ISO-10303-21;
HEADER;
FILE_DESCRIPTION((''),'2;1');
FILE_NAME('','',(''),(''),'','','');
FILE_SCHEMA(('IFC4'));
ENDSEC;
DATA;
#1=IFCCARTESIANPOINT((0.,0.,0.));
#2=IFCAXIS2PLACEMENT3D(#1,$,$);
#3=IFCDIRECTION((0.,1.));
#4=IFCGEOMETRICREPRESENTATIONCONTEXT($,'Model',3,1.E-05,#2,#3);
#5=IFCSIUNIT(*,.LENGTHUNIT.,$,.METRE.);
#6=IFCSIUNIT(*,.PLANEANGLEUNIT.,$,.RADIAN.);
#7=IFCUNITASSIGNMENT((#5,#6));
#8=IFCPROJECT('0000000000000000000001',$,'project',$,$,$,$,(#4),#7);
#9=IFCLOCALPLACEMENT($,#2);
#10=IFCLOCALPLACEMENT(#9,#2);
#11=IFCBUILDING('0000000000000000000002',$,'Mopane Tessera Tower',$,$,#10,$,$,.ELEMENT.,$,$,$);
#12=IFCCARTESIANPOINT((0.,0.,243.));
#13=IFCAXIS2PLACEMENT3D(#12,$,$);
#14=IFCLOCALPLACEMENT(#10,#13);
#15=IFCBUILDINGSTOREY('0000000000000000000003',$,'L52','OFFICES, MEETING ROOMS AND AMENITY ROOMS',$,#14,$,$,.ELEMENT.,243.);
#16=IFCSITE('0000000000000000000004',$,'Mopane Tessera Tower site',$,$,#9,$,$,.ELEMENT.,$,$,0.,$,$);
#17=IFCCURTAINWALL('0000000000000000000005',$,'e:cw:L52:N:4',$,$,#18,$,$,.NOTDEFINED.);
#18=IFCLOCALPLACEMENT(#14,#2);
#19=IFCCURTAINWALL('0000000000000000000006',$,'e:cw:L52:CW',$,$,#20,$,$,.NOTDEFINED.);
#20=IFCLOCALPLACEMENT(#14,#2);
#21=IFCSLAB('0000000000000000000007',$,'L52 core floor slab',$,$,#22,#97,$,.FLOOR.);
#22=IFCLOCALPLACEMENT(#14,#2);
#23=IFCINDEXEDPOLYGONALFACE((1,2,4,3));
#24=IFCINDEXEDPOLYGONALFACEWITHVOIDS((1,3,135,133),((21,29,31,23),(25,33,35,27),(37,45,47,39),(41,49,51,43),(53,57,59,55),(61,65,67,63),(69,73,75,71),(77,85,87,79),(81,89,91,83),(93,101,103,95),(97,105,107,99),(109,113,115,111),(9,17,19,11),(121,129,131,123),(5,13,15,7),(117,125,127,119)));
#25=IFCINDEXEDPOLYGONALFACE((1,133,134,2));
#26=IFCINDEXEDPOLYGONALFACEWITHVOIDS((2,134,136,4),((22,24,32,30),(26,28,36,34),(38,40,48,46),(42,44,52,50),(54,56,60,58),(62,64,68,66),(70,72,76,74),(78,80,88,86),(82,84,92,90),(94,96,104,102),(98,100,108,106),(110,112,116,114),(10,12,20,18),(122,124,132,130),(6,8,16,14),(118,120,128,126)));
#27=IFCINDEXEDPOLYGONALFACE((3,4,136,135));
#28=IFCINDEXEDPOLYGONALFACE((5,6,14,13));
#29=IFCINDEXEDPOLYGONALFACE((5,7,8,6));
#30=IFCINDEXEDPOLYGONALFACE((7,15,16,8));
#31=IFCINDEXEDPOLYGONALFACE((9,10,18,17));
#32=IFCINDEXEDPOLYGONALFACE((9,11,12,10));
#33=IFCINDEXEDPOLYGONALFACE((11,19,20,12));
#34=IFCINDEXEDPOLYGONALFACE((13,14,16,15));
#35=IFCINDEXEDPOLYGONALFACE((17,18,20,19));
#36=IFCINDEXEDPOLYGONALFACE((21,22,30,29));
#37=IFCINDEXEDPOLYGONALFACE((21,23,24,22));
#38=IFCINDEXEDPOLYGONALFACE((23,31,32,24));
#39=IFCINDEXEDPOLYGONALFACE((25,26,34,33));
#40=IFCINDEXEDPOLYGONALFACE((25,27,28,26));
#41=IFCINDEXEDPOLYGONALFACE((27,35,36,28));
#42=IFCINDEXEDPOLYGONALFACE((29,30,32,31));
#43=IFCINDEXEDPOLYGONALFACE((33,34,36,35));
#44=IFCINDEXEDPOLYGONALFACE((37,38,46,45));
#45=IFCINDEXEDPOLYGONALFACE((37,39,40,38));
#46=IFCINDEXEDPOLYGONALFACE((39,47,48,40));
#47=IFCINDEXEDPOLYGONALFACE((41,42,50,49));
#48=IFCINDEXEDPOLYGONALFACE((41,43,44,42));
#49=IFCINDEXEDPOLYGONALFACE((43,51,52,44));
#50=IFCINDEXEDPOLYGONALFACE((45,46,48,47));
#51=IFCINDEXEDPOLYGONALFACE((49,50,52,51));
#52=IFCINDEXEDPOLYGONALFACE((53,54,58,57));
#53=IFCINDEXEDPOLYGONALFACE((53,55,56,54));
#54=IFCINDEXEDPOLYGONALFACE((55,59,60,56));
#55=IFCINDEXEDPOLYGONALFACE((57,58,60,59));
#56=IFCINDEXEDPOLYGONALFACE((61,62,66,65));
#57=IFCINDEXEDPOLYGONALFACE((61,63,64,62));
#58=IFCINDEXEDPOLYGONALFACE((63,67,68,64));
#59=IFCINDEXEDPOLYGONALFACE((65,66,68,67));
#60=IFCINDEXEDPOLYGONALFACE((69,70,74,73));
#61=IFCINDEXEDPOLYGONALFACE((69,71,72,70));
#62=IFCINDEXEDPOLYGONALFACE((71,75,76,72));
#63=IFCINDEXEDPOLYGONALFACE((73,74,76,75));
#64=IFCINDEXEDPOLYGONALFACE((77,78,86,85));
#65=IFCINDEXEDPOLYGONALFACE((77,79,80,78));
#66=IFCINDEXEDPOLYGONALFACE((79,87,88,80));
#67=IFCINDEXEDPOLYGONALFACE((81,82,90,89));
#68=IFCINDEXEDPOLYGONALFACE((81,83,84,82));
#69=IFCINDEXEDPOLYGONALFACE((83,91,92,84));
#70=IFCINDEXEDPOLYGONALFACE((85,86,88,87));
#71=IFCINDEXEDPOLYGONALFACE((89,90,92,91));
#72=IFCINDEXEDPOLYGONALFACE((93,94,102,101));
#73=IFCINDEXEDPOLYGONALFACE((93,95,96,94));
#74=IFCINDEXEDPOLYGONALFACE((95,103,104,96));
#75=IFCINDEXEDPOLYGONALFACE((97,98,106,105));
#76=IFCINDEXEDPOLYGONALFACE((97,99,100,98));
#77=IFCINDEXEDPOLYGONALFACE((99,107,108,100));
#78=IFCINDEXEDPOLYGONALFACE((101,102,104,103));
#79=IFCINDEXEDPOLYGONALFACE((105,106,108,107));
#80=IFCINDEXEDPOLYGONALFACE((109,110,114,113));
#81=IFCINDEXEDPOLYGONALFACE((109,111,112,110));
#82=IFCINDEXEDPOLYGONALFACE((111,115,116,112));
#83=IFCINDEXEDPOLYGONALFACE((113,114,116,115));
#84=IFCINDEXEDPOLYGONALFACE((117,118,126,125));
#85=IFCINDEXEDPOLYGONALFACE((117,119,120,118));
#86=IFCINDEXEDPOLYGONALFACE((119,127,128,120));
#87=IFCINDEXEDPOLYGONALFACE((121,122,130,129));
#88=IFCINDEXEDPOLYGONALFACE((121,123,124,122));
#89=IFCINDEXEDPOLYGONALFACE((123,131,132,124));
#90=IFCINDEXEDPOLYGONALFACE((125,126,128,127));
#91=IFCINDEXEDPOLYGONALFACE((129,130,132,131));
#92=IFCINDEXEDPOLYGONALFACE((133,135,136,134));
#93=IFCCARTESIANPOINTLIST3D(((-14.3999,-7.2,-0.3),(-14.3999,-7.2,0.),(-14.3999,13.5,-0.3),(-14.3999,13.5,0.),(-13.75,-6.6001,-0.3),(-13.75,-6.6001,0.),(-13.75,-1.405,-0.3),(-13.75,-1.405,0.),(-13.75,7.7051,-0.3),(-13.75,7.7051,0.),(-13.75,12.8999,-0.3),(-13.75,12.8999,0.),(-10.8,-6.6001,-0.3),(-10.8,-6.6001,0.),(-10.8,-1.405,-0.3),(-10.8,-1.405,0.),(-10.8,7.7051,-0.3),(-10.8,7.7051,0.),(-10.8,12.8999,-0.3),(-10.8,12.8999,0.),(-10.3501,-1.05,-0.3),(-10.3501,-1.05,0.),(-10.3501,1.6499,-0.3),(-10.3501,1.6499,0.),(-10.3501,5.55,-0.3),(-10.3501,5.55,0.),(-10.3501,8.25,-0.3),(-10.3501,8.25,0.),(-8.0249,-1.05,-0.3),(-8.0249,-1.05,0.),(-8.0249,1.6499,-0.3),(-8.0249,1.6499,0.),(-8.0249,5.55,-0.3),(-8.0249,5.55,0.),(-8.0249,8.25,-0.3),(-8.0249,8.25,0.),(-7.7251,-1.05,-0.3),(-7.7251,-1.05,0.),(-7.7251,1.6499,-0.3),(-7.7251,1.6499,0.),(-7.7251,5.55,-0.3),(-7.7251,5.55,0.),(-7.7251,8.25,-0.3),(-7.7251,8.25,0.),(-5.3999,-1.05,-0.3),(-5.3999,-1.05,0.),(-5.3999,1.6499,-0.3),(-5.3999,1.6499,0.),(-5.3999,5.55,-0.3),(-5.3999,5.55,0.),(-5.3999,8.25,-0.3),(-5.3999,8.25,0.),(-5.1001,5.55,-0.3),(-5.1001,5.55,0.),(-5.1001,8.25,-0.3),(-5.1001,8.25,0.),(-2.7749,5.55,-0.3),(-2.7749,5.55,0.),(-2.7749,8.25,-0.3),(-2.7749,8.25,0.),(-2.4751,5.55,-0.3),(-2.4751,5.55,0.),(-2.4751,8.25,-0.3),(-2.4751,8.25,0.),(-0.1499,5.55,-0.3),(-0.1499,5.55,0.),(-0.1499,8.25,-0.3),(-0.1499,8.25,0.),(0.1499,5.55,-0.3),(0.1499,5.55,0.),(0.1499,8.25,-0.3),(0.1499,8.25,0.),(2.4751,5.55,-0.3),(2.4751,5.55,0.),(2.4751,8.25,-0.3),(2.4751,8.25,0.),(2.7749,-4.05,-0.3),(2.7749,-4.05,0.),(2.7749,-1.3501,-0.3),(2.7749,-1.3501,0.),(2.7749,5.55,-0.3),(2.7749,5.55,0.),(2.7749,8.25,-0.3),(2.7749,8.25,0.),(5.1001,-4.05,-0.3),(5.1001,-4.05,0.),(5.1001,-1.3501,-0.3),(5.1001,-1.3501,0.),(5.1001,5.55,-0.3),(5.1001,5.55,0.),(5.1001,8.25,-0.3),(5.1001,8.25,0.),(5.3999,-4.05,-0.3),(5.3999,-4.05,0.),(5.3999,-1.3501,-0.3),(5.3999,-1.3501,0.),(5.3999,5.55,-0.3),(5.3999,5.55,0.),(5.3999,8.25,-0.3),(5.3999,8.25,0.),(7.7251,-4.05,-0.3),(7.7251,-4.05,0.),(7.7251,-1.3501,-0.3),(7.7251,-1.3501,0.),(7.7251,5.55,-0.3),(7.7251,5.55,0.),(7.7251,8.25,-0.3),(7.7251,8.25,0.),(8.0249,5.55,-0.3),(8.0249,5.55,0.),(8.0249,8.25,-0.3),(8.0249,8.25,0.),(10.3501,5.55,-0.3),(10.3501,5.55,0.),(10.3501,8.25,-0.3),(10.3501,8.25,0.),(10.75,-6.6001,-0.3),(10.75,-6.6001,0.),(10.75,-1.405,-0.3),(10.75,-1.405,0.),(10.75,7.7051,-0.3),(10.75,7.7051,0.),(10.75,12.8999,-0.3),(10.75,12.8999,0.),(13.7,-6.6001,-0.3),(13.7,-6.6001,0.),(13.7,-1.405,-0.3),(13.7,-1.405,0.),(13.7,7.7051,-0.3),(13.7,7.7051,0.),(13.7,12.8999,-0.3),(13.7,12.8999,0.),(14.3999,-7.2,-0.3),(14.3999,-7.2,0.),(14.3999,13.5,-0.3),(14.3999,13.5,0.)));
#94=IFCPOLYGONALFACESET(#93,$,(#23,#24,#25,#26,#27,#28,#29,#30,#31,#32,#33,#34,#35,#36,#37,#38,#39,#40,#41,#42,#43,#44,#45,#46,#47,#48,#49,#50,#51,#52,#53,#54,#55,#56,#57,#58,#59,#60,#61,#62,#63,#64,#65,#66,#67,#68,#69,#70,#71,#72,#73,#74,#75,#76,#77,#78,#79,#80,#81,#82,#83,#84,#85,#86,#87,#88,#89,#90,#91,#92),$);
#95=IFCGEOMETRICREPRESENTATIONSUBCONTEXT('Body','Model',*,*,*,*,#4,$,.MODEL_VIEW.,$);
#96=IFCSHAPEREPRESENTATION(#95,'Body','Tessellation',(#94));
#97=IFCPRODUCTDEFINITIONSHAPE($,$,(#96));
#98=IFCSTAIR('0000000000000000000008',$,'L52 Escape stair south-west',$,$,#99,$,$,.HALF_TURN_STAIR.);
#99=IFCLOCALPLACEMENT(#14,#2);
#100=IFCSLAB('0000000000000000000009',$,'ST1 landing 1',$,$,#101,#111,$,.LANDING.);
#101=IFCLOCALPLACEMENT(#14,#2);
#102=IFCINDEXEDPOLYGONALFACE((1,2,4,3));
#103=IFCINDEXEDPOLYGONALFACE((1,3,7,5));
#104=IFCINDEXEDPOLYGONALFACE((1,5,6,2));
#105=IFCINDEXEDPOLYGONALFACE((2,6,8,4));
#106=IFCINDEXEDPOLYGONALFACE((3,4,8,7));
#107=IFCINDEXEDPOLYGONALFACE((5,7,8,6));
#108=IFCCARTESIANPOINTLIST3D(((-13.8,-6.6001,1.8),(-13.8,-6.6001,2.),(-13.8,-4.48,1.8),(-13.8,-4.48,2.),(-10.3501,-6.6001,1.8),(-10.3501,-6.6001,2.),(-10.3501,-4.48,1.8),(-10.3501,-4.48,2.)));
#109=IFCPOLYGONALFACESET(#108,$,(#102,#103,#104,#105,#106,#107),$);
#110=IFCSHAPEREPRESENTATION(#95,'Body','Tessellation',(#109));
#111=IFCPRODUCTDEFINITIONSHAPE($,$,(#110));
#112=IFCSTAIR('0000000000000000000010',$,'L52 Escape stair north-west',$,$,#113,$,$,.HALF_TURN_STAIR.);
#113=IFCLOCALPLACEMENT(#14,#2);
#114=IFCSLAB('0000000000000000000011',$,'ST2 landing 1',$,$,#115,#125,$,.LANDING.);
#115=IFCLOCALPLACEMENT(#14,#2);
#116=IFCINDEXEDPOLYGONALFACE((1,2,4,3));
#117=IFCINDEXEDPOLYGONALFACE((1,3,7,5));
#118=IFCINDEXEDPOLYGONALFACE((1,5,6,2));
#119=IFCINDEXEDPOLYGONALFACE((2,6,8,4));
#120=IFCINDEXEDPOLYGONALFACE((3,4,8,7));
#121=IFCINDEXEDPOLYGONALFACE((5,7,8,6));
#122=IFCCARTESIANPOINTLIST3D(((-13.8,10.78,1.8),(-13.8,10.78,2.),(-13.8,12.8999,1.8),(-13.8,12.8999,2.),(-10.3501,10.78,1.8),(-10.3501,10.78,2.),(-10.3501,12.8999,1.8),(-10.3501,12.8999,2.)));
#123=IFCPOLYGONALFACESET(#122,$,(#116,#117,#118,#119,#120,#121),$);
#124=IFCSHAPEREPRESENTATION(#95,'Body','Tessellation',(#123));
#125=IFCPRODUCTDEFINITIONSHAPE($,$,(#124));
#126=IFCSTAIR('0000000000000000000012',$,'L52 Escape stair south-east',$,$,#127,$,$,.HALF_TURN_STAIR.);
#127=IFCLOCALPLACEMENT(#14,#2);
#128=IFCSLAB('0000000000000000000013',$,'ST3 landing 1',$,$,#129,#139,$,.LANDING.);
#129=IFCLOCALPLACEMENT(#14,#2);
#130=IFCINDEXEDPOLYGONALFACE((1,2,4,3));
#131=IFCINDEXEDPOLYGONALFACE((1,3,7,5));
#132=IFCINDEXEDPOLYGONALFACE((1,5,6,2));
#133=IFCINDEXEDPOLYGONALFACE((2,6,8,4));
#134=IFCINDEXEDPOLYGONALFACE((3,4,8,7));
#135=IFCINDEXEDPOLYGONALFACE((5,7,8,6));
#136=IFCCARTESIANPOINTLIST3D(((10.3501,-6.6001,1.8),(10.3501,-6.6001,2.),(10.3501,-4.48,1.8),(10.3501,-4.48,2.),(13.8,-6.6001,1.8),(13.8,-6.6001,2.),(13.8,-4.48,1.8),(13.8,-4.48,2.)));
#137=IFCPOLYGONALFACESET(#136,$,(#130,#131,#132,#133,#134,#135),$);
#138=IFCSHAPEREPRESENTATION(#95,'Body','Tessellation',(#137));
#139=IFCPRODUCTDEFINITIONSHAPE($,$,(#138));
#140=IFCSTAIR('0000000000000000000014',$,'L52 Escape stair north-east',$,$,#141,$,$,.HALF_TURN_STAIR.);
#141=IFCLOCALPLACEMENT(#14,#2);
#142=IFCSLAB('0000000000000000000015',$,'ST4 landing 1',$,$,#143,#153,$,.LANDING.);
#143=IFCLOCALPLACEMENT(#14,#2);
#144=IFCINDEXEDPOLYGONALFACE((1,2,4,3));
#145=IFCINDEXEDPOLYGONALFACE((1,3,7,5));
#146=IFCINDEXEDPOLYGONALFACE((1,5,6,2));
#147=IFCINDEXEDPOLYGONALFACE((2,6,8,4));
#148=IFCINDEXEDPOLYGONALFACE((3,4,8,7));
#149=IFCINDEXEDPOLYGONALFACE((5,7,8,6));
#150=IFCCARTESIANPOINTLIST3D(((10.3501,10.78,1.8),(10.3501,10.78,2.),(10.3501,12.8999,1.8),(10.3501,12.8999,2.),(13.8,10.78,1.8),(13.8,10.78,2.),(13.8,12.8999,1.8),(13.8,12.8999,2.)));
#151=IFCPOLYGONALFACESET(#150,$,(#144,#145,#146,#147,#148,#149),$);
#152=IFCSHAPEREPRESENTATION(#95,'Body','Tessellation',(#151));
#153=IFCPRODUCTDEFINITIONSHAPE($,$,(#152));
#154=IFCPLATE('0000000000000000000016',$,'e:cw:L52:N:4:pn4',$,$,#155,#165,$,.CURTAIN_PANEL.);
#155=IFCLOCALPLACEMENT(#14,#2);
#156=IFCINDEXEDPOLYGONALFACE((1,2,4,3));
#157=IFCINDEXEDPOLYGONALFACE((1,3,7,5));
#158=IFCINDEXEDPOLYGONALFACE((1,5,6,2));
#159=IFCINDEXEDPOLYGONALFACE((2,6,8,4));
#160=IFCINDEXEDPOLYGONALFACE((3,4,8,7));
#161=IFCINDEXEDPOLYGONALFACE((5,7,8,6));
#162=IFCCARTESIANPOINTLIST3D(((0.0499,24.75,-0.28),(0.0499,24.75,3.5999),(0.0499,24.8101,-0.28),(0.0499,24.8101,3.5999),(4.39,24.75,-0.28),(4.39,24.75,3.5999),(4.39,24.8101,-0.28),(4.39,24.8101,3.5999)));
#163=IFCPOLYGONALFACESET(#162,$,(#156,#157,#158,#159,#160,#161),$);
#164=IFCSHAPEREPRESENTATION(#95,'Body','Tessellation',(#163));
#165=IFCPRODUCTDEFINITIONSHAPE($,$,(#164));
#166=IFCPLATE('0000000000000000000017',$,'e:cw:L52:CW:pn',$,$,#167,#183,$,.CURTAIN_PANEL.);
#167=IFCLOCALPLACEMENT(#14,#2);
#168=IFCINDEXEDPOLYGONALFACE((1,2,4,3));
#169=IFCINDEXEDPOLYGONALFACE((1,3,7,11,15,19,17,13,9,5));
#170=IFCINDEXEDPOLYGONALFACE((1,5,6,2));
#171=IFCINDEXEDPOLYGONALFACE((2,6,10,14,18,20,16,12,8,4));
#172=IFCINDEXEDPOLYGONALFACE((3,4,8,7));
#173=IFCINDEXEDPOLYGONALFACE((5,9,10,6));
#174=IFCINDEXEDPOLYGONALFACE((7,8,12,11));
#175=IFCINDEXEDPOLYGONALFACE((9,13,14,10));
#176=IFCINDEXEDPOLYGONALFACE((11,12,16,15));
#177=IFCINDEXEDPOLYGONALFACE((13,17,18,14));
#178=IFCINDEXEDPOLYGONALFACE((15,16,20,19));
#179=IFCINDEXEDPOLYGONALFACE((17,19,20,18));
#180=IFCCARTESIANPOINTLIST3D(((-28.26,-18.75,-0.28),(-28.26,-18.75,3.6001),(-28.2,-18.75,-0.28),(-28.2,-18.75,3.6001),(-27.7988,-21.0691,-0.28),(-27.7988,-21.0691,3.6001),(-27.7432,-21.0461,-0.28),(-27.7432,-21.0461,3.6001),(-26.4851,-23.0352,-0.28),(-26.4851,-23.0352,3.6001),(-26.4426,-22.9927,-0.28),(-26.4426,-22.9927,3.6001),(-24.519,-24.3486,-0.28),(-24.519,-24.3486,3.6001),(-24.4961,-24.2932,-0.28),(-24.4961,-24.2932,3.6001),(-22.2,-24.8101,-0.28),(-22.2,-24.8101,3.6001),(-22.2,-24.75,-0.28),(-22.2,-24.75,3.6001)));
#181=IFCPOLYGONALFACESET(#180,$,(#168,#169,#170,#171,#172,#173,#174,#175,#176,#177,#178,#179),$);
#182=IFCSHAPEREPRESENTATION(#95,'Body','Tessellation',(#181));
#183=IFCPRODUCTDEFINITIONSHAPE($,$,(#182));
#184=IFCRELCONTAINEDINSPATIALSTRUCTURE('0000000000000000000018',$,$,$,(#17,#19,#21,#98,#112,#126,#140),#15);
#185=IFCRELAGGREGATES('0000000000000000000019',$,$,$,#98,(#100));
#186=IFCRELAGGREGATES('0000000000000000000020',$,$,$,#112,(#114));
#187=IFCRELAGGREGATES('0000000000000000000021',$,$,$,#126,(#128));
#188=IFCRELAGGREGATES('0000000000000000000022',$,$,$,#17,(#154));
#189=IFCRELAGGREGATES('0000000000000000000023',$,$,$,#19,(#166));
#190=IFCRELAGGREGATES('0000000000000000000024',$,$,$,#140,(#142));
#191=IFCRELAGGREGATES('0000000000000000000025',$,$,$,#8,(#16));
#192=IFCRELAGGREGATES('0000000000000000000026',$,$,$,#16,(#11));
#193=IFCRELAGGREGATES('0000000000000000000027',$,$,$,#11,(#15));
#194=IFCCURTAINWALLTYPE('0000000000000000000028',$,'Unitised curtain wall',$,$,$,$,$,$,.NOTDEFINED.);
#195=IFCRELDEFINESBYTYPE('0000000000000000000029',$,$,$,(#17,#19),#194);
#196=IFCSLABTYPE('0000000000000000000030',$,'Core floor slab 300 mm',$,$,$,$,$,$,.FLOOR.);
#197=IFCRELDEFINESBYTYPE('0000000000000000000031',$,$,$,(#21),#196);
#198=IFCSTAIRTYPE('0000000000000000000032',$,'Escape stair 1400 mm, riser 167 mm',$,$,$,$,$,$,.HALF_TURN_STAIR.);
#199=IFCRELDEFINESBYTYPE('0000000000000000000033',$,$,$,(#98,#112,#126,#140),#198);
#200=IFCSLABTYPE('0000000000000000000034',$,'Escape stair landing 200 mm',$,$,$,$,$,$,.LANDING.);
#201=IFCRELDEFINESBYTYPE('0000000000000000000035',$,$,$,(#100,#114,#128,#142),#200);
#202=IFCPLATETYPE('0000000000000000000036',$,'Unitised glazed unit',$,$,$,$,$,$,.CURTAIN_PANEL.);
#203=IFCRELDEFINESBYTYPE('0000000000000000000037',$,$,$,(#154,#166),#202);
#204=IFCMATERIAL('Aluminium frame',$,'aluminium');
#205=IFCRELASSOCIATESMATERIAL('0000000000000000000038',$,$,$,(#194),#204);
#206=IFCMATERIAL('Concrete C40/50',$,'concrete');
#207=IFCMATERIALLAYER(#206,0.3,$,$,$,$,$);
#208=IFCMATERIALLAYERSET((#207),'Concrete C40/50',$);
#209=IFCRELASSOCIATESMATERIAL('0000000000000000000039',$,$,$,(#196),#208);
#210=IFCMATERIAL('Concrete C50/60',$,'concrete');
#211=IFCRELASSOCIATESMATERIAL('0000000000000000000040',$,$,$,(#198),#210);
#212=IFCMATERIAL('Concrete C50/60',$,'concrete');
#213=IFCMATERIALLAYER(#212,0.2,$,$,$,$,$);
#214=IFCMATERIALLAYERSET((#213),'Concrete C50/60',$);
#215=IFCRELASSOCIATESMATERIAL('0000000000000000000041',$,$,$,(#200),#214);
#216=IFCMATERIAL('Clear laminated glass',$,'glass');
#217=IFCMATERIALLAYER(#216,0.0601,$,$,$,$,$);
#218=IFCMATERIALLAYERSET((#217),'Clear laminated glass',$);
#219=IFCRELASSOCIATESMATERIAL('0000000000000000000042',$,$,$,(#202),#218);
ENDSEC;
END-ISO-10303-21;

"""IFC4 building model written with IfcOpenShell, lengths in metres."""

from ifc_helpers import new_model, si_unit, direction, frame, origin, origin_2d, place, context, subcontext, project, spatial, polyline, rectangle, outline, extrude, material, layer, layer_set, type_object, element, aggregate, save


model = new_model("IFC4")

# Units and contexts
model_context = context("Model", 3, precision=1e-05, world=origin(), true_north=direction((0.0, 1.0)))
body_context = subcontext(model_context, "Body", "Model", "MODEL_VIEW")
ifc_project = project(units=[si_unit("LENGTHUNIT", "METRE"), si_unit("PLANEANGLEUNIT", "RADIAN")], contexts=[model_context])

# Site, building, storey
site_placement = place(None, origin())
site = spatial("IfcSite", under=ifc_project, at=site_placement, Name="Mopane Tessera Tower site", CompositionType="ELEMENT", RefElevation=0.0)
building_placement = place(site_placement, origin())
building = spatial("IfcBuilding", under=site, at=building_placement, Name="Mopane Tessera Tower", CompositionType="ELEMENT")
storey_placement = place(building_placement, frame((0.0, 0.0, 243.0)))
storey = spatial("IfcBuildingStorey", under=building, at=storey_placement, Name="L52", Description="OFFICES, MEETING ROOMS AND AMENITY ROOMS", CompositionType="ELEMENT", Elevation=243.0)

# Curtain wall
ifc_material_1 = material(Name="Aluminium frame", Category="aluminium")
curtain_wall_type = type_object("IfcCurtainWallType", Name="Unitised curtain wall", PredefinedType="NOTDEFINED", material=ifc_material_1)
curtain_wall_1_placement = place(storey_placement, origin())
curtain_wall_1 = element("IfcCurtainWall", 1, at=curtain_wall_1_placement, inside=storey, type_object=curtain_wall_type, Name="e:cw:L52:N:4", PredefinedType="NOTDEFINED")

# Curtain wall
curtain_wall_2_placement = place(storey_placement, origin())
curtain_wall_2 = element("IfcCurtainWall", 2, at=curtain_wall_2_placement, inside=storey, type_object=curtain_wall_type, Name="e:cw:L52:CW", PredefinedType="NOTDEFINED")

# Slab
ifc_material_2 = material(Name="Concrete C40/50", Category="concrete")
ifc_layer_1 = layer(ifc_material_2, 0.3)
ifc_layer_set_1 = layer_set([ifc_layer_1], Name="Concrete C40/50")
slab_type_1 = type_object("IfcSlabType", Name="Core floor slab 300 mm", PredefinedType="FLOOR", material=ifc_layer_set_1)
slab_1_placement = place(storey_placement, frame((0.0, 0.0, -0.3)))
element("IfcSlab", 3, at=slab_1_placement, inside=storey, type_object=slab_type_1, Name="L52 core floor slab", PredefinedType="FLOOR", context=body_context, shape_type="SweptSolid", body=[
    extrude(outline(polyline([(-14.3999, -7.2), (14.3999, -7.2), (14.3999, 13.5), (-14.3999, 13.5), (-14.3999, -7.2)]), holes=[polyline([(-10.3501, -1.05), (-8.0249, -1.05), (-8.0249, 1.6499), (-10.3501, 1.6499), (-10.3501, -1.05)]), polyline([(-7.7251, -1.05), (-5.3999, -1.05), (-5.3999, 1.6499), (-7.7251, 1.6499), (-7.7251, -1.05)]), polyline([(-10.3501, 5.55), (-8.0249, 5.55), (-8.0249, 8.25), (-10.3501, 8.25), (-10.3501, 5.55)]), polyline([(-7.7251, 5.55), (-5.3999, 5.55), (-5.3999, 8.25), (-7.7251, 8.25), (-7.7251, 5.55)]), polyline([(-5.1001, 5.55), (-2.7749, 5.55), (-2.7749, 8.25), (-5.1001, 8.25), (-5.1001, 5.55)]), polyline([(-2.4751, 5.55), (-0.1499, 5.55), (-0.1499, 8.25), (-2.4751, 8.25), (-2.4751, 5.55)]), polyline([(0.1499, 5.55), (2.4751, 5.55), (2.4751, 8.25), (0.1499, 8.25), (0.1499, 5.55)]), polyline([(2.7749, 5.55), (5.1001, 5.55), (5.1001, 8.25), (2.7749, 8.25), (2.7749, 5.55)]), polyline([(5.3999, 5.55), (7.7251, 5.55), (7.7251, 8.25), (5.3999, 8.25), (5.3999, 5.55)]), polyline([(8.0249, 5.55), (10.3501, 5.55), (10.3501, 8.25), (8.0249, 8.25), (8.0249, 5.55)]), polyline([(2.7749, -4.05), (5.1001, -4.05), (5.1001, -1.3501), (2.7749, -1.3501), (2.7749, -4.05)]), polyline([(5.3999, -4.05), (7.7251, -4.05), (7.7251, -1.3501), (5.3999, -1.3501), (5.3999, -4.05)]), polyline([(-13.75, -1.405), (-13.75, -6.6001), (-10.8, -6.6001), (-10.8, -1.405), (-13.75, -1.405)]), polyline([(-10.8, 7.7051), (-10.8, 12.8999), (-13.75, 12.8999), (-13.75, 7.7051), (-10.8, 7.7051)]), polyline([(10.75, -1.405), (10.75, -6.6001), (13.7, -6.6001), (13.7, -1.405), (10.75, -1.405)]), polyline([(13.7, 7.7051), (13.7, 12.8999), (10.75, 12.8999), (10.75, 7.7051), (13.7, 7.7051)])]), origin(), (0.0, 0.0, 1.0), 0.3),
])

# Stairs, slabs
ifc_material_3 = material(Name="Concrete C50/60", Category="concrete")
stair_type = type_object("IfcStairType", Name="Escape stair 1400 mm, riser 167 mm", PredefinedType="HALF_TURN_STAIR", material=ifc_material_3)
stair_1_placement = place(storey_placement, origin())
stair_1 = element("IfcStair", 4, at=stair_1_placement, inside=storey, type_object=stair_type, Name="L52 Escape stair south-west", PredefinedType="HALF_TURN_STAIR")
ifc_material_4 = material(Name="Concrete C50/60", Category="concrete")
ifc_layer_2 = layer(ifc_material_4, 0.2)
ifc_layer_set_2 = layer_set([ifc_layer_2], Name="Concrete C50/60")
slab_type_2 = type_object("IfcSlabType", Name="Escape stair landing 200 mm", PredefinedType="LANDING", material=ifc_layer_set_2)
slab_2_placement = place(storey_placement, frame((0.0, 0.0, 1.8)))
slab_2 = element("IfcSlab", 5, at=slab_2_placement, type_object=slab_type_2, Name="ST1 landing 1", PredefinedType="LANDING", context=body_context, shape_type="SweptSolid", body=[
    extrude(outline(polyline([(-13.8, -4.48), (-13.8, -6.6001), (-10.3501, -6.6001), (-10.3501, -4.48), (-13.8, -4.48)])), origin(), (0.0, 0.0, 1.0), 0.2),
])
aggregate(stair_1, [slab_2])
stair_2_placement = place(storey_placement, origin())
stair_2 = element("IfcStair", 6, at=stair_2_placement, inside=storey, type_object=stair_type, Name="L52 Escape stair north-west", PredefinedType="HALF_TURN_STAIR")
slab_3_placement = place(storey_placement, frame((0.0, 0.0, 1.8)))
slab_3 = element("IfcSlab", 7, at=slab_3_placement, type_object=slab_type_2, Name="ST2 landing 1", PredefinedType="LANDING", context=body_context, shape_type="SweptSolid", body=[
    extrude(outline(polyline([(-10.3501, 10.78), (-10.3501, 12.8999), (-13.8, 12.8999), (-13.8, 10.78), (-10.3501, 10.78)])), origin(), (0.0, 0.0, 1.0), 0.2),
])
aggregate(stair_2, [slab_3])
stair_3_placement = place(storey_placement, origin())
stair_3 = element("IfcStair", 8, at=stair_3_placement, inside=storey, type_object=stair_type, Name="L52 Escape stair south-east", PredefinedType="HALF_TURN_STAIR")
slab_4_placement = place(storey_placement, frame((0.0, 0.0, 1.8)))
slab_4 = element("IfcSlab", 9, at=slab_4_placement, type_object=slab_type_2, Name="ST3 landing 1", PredefinedType="LANDING", context=body_context, shape_type="SweptSolid", body=[
    extrude(outline(polyline([(10.3501, -4.48), (10.3501, -6.6001), (13.8, -6.6001), (13.8, -4.48), (10.3501, -4.48)])), origin(), (0.0, 0.0, 1.0), 0.2),
])
aggregate(stair_3, [slab_4])
stair_4_placement = place(storey_placement, origin())
stair_4 = element("IfcStair", 10, at=stair_4_placement, inside=storey, type_object=stair_type, Name="L52 Escape stair north-east", PredefinedType="HALF_TURN_STAIR")
slab_5_placement = place(storey_placement, frame((0.0, 0.0, 1.8)))
slab_5 = element("IfcSlab", 11, at=slab_5_placement, type_object=slab_type_2, Name="ST4 landing 1", PredefinedType="LANDING", context=body_context, shape_type="SweptSolid", body=[
    extrude(outline(polyline([(13.8, 10.78), (13.8, 12.8999), (10.3501, 12.8999), (10.3501, 10.78), (13.8, 10.78)])), origin(), (0.0, 0.0, 1.0), 0.2),
])

# Plates
ifc_material_5 = material(Name="Clear laminated glass", Category="glass")
ifc_layer_3 = layer(ifc_material_5, 0.0601)
ifc_layer_set_3 = layer_set([ifc_layer_3], Name="Clear laminated glass")
plate_type = type_object("IfcPlateType", Name="Unitised glazed unit", PredefinedType="CURTAIN_PANEL", material=ifc_layer_set_3)
plate_1_placement = place(storey_placement, frame((2.22, 24.78, -0.28), z_axis=(0.0, 0.0, 1.0), x_axis=(-1.0, 0.0, 0.0)))
plate_1 = element("IfcPlate", 12, at=plate_1_placement, type_object=plate_type, Name="e:cw:L52:N:4:pn4", PredefinedType="CURTAIN_PANEL", context=body_context, shape_type="SweptSolid", body=[
    extrude(rectangle(XDim=4.3401, YDim=0.0601, at=origin_2d()), origin(), (0.0, 0.0, 1.0), 3.8799),
])
aggregate(curtain_wall_1, [plate_1])
plate_2_placement = place(storey_placement, frame((0.0, 0.0, -0.28)))
plate_2 = element("IfcPlate", 13, at=plate_2_placement, type_object=plate_type, Name="e:cw:L52:CW:pn", PredefinedType="CURTAIN_PANEL", context=body_context, shape_type="SweptSolid", body=[
    extrude(outline(polyline([(-28.2, -18.75), (-27.7432, -21.0461), (-26.4426, -22.9927), (-24.4961, -24.2932), (-22.2, -24.75), (-22.2, -24.8101), (-24.519, -24.3486), (-26.4851, -23.0352), (-27.7988, -21.0691), (-28.26, -18.75), (-28.2, -18.75)])), origin(), (0.0, 0.0, 1.0), 3.8801),
])
aggregate(curtain_wall_2, [plate_2])

aggregate(stair_4, [slab_5])

save(model, "model.ifc")
